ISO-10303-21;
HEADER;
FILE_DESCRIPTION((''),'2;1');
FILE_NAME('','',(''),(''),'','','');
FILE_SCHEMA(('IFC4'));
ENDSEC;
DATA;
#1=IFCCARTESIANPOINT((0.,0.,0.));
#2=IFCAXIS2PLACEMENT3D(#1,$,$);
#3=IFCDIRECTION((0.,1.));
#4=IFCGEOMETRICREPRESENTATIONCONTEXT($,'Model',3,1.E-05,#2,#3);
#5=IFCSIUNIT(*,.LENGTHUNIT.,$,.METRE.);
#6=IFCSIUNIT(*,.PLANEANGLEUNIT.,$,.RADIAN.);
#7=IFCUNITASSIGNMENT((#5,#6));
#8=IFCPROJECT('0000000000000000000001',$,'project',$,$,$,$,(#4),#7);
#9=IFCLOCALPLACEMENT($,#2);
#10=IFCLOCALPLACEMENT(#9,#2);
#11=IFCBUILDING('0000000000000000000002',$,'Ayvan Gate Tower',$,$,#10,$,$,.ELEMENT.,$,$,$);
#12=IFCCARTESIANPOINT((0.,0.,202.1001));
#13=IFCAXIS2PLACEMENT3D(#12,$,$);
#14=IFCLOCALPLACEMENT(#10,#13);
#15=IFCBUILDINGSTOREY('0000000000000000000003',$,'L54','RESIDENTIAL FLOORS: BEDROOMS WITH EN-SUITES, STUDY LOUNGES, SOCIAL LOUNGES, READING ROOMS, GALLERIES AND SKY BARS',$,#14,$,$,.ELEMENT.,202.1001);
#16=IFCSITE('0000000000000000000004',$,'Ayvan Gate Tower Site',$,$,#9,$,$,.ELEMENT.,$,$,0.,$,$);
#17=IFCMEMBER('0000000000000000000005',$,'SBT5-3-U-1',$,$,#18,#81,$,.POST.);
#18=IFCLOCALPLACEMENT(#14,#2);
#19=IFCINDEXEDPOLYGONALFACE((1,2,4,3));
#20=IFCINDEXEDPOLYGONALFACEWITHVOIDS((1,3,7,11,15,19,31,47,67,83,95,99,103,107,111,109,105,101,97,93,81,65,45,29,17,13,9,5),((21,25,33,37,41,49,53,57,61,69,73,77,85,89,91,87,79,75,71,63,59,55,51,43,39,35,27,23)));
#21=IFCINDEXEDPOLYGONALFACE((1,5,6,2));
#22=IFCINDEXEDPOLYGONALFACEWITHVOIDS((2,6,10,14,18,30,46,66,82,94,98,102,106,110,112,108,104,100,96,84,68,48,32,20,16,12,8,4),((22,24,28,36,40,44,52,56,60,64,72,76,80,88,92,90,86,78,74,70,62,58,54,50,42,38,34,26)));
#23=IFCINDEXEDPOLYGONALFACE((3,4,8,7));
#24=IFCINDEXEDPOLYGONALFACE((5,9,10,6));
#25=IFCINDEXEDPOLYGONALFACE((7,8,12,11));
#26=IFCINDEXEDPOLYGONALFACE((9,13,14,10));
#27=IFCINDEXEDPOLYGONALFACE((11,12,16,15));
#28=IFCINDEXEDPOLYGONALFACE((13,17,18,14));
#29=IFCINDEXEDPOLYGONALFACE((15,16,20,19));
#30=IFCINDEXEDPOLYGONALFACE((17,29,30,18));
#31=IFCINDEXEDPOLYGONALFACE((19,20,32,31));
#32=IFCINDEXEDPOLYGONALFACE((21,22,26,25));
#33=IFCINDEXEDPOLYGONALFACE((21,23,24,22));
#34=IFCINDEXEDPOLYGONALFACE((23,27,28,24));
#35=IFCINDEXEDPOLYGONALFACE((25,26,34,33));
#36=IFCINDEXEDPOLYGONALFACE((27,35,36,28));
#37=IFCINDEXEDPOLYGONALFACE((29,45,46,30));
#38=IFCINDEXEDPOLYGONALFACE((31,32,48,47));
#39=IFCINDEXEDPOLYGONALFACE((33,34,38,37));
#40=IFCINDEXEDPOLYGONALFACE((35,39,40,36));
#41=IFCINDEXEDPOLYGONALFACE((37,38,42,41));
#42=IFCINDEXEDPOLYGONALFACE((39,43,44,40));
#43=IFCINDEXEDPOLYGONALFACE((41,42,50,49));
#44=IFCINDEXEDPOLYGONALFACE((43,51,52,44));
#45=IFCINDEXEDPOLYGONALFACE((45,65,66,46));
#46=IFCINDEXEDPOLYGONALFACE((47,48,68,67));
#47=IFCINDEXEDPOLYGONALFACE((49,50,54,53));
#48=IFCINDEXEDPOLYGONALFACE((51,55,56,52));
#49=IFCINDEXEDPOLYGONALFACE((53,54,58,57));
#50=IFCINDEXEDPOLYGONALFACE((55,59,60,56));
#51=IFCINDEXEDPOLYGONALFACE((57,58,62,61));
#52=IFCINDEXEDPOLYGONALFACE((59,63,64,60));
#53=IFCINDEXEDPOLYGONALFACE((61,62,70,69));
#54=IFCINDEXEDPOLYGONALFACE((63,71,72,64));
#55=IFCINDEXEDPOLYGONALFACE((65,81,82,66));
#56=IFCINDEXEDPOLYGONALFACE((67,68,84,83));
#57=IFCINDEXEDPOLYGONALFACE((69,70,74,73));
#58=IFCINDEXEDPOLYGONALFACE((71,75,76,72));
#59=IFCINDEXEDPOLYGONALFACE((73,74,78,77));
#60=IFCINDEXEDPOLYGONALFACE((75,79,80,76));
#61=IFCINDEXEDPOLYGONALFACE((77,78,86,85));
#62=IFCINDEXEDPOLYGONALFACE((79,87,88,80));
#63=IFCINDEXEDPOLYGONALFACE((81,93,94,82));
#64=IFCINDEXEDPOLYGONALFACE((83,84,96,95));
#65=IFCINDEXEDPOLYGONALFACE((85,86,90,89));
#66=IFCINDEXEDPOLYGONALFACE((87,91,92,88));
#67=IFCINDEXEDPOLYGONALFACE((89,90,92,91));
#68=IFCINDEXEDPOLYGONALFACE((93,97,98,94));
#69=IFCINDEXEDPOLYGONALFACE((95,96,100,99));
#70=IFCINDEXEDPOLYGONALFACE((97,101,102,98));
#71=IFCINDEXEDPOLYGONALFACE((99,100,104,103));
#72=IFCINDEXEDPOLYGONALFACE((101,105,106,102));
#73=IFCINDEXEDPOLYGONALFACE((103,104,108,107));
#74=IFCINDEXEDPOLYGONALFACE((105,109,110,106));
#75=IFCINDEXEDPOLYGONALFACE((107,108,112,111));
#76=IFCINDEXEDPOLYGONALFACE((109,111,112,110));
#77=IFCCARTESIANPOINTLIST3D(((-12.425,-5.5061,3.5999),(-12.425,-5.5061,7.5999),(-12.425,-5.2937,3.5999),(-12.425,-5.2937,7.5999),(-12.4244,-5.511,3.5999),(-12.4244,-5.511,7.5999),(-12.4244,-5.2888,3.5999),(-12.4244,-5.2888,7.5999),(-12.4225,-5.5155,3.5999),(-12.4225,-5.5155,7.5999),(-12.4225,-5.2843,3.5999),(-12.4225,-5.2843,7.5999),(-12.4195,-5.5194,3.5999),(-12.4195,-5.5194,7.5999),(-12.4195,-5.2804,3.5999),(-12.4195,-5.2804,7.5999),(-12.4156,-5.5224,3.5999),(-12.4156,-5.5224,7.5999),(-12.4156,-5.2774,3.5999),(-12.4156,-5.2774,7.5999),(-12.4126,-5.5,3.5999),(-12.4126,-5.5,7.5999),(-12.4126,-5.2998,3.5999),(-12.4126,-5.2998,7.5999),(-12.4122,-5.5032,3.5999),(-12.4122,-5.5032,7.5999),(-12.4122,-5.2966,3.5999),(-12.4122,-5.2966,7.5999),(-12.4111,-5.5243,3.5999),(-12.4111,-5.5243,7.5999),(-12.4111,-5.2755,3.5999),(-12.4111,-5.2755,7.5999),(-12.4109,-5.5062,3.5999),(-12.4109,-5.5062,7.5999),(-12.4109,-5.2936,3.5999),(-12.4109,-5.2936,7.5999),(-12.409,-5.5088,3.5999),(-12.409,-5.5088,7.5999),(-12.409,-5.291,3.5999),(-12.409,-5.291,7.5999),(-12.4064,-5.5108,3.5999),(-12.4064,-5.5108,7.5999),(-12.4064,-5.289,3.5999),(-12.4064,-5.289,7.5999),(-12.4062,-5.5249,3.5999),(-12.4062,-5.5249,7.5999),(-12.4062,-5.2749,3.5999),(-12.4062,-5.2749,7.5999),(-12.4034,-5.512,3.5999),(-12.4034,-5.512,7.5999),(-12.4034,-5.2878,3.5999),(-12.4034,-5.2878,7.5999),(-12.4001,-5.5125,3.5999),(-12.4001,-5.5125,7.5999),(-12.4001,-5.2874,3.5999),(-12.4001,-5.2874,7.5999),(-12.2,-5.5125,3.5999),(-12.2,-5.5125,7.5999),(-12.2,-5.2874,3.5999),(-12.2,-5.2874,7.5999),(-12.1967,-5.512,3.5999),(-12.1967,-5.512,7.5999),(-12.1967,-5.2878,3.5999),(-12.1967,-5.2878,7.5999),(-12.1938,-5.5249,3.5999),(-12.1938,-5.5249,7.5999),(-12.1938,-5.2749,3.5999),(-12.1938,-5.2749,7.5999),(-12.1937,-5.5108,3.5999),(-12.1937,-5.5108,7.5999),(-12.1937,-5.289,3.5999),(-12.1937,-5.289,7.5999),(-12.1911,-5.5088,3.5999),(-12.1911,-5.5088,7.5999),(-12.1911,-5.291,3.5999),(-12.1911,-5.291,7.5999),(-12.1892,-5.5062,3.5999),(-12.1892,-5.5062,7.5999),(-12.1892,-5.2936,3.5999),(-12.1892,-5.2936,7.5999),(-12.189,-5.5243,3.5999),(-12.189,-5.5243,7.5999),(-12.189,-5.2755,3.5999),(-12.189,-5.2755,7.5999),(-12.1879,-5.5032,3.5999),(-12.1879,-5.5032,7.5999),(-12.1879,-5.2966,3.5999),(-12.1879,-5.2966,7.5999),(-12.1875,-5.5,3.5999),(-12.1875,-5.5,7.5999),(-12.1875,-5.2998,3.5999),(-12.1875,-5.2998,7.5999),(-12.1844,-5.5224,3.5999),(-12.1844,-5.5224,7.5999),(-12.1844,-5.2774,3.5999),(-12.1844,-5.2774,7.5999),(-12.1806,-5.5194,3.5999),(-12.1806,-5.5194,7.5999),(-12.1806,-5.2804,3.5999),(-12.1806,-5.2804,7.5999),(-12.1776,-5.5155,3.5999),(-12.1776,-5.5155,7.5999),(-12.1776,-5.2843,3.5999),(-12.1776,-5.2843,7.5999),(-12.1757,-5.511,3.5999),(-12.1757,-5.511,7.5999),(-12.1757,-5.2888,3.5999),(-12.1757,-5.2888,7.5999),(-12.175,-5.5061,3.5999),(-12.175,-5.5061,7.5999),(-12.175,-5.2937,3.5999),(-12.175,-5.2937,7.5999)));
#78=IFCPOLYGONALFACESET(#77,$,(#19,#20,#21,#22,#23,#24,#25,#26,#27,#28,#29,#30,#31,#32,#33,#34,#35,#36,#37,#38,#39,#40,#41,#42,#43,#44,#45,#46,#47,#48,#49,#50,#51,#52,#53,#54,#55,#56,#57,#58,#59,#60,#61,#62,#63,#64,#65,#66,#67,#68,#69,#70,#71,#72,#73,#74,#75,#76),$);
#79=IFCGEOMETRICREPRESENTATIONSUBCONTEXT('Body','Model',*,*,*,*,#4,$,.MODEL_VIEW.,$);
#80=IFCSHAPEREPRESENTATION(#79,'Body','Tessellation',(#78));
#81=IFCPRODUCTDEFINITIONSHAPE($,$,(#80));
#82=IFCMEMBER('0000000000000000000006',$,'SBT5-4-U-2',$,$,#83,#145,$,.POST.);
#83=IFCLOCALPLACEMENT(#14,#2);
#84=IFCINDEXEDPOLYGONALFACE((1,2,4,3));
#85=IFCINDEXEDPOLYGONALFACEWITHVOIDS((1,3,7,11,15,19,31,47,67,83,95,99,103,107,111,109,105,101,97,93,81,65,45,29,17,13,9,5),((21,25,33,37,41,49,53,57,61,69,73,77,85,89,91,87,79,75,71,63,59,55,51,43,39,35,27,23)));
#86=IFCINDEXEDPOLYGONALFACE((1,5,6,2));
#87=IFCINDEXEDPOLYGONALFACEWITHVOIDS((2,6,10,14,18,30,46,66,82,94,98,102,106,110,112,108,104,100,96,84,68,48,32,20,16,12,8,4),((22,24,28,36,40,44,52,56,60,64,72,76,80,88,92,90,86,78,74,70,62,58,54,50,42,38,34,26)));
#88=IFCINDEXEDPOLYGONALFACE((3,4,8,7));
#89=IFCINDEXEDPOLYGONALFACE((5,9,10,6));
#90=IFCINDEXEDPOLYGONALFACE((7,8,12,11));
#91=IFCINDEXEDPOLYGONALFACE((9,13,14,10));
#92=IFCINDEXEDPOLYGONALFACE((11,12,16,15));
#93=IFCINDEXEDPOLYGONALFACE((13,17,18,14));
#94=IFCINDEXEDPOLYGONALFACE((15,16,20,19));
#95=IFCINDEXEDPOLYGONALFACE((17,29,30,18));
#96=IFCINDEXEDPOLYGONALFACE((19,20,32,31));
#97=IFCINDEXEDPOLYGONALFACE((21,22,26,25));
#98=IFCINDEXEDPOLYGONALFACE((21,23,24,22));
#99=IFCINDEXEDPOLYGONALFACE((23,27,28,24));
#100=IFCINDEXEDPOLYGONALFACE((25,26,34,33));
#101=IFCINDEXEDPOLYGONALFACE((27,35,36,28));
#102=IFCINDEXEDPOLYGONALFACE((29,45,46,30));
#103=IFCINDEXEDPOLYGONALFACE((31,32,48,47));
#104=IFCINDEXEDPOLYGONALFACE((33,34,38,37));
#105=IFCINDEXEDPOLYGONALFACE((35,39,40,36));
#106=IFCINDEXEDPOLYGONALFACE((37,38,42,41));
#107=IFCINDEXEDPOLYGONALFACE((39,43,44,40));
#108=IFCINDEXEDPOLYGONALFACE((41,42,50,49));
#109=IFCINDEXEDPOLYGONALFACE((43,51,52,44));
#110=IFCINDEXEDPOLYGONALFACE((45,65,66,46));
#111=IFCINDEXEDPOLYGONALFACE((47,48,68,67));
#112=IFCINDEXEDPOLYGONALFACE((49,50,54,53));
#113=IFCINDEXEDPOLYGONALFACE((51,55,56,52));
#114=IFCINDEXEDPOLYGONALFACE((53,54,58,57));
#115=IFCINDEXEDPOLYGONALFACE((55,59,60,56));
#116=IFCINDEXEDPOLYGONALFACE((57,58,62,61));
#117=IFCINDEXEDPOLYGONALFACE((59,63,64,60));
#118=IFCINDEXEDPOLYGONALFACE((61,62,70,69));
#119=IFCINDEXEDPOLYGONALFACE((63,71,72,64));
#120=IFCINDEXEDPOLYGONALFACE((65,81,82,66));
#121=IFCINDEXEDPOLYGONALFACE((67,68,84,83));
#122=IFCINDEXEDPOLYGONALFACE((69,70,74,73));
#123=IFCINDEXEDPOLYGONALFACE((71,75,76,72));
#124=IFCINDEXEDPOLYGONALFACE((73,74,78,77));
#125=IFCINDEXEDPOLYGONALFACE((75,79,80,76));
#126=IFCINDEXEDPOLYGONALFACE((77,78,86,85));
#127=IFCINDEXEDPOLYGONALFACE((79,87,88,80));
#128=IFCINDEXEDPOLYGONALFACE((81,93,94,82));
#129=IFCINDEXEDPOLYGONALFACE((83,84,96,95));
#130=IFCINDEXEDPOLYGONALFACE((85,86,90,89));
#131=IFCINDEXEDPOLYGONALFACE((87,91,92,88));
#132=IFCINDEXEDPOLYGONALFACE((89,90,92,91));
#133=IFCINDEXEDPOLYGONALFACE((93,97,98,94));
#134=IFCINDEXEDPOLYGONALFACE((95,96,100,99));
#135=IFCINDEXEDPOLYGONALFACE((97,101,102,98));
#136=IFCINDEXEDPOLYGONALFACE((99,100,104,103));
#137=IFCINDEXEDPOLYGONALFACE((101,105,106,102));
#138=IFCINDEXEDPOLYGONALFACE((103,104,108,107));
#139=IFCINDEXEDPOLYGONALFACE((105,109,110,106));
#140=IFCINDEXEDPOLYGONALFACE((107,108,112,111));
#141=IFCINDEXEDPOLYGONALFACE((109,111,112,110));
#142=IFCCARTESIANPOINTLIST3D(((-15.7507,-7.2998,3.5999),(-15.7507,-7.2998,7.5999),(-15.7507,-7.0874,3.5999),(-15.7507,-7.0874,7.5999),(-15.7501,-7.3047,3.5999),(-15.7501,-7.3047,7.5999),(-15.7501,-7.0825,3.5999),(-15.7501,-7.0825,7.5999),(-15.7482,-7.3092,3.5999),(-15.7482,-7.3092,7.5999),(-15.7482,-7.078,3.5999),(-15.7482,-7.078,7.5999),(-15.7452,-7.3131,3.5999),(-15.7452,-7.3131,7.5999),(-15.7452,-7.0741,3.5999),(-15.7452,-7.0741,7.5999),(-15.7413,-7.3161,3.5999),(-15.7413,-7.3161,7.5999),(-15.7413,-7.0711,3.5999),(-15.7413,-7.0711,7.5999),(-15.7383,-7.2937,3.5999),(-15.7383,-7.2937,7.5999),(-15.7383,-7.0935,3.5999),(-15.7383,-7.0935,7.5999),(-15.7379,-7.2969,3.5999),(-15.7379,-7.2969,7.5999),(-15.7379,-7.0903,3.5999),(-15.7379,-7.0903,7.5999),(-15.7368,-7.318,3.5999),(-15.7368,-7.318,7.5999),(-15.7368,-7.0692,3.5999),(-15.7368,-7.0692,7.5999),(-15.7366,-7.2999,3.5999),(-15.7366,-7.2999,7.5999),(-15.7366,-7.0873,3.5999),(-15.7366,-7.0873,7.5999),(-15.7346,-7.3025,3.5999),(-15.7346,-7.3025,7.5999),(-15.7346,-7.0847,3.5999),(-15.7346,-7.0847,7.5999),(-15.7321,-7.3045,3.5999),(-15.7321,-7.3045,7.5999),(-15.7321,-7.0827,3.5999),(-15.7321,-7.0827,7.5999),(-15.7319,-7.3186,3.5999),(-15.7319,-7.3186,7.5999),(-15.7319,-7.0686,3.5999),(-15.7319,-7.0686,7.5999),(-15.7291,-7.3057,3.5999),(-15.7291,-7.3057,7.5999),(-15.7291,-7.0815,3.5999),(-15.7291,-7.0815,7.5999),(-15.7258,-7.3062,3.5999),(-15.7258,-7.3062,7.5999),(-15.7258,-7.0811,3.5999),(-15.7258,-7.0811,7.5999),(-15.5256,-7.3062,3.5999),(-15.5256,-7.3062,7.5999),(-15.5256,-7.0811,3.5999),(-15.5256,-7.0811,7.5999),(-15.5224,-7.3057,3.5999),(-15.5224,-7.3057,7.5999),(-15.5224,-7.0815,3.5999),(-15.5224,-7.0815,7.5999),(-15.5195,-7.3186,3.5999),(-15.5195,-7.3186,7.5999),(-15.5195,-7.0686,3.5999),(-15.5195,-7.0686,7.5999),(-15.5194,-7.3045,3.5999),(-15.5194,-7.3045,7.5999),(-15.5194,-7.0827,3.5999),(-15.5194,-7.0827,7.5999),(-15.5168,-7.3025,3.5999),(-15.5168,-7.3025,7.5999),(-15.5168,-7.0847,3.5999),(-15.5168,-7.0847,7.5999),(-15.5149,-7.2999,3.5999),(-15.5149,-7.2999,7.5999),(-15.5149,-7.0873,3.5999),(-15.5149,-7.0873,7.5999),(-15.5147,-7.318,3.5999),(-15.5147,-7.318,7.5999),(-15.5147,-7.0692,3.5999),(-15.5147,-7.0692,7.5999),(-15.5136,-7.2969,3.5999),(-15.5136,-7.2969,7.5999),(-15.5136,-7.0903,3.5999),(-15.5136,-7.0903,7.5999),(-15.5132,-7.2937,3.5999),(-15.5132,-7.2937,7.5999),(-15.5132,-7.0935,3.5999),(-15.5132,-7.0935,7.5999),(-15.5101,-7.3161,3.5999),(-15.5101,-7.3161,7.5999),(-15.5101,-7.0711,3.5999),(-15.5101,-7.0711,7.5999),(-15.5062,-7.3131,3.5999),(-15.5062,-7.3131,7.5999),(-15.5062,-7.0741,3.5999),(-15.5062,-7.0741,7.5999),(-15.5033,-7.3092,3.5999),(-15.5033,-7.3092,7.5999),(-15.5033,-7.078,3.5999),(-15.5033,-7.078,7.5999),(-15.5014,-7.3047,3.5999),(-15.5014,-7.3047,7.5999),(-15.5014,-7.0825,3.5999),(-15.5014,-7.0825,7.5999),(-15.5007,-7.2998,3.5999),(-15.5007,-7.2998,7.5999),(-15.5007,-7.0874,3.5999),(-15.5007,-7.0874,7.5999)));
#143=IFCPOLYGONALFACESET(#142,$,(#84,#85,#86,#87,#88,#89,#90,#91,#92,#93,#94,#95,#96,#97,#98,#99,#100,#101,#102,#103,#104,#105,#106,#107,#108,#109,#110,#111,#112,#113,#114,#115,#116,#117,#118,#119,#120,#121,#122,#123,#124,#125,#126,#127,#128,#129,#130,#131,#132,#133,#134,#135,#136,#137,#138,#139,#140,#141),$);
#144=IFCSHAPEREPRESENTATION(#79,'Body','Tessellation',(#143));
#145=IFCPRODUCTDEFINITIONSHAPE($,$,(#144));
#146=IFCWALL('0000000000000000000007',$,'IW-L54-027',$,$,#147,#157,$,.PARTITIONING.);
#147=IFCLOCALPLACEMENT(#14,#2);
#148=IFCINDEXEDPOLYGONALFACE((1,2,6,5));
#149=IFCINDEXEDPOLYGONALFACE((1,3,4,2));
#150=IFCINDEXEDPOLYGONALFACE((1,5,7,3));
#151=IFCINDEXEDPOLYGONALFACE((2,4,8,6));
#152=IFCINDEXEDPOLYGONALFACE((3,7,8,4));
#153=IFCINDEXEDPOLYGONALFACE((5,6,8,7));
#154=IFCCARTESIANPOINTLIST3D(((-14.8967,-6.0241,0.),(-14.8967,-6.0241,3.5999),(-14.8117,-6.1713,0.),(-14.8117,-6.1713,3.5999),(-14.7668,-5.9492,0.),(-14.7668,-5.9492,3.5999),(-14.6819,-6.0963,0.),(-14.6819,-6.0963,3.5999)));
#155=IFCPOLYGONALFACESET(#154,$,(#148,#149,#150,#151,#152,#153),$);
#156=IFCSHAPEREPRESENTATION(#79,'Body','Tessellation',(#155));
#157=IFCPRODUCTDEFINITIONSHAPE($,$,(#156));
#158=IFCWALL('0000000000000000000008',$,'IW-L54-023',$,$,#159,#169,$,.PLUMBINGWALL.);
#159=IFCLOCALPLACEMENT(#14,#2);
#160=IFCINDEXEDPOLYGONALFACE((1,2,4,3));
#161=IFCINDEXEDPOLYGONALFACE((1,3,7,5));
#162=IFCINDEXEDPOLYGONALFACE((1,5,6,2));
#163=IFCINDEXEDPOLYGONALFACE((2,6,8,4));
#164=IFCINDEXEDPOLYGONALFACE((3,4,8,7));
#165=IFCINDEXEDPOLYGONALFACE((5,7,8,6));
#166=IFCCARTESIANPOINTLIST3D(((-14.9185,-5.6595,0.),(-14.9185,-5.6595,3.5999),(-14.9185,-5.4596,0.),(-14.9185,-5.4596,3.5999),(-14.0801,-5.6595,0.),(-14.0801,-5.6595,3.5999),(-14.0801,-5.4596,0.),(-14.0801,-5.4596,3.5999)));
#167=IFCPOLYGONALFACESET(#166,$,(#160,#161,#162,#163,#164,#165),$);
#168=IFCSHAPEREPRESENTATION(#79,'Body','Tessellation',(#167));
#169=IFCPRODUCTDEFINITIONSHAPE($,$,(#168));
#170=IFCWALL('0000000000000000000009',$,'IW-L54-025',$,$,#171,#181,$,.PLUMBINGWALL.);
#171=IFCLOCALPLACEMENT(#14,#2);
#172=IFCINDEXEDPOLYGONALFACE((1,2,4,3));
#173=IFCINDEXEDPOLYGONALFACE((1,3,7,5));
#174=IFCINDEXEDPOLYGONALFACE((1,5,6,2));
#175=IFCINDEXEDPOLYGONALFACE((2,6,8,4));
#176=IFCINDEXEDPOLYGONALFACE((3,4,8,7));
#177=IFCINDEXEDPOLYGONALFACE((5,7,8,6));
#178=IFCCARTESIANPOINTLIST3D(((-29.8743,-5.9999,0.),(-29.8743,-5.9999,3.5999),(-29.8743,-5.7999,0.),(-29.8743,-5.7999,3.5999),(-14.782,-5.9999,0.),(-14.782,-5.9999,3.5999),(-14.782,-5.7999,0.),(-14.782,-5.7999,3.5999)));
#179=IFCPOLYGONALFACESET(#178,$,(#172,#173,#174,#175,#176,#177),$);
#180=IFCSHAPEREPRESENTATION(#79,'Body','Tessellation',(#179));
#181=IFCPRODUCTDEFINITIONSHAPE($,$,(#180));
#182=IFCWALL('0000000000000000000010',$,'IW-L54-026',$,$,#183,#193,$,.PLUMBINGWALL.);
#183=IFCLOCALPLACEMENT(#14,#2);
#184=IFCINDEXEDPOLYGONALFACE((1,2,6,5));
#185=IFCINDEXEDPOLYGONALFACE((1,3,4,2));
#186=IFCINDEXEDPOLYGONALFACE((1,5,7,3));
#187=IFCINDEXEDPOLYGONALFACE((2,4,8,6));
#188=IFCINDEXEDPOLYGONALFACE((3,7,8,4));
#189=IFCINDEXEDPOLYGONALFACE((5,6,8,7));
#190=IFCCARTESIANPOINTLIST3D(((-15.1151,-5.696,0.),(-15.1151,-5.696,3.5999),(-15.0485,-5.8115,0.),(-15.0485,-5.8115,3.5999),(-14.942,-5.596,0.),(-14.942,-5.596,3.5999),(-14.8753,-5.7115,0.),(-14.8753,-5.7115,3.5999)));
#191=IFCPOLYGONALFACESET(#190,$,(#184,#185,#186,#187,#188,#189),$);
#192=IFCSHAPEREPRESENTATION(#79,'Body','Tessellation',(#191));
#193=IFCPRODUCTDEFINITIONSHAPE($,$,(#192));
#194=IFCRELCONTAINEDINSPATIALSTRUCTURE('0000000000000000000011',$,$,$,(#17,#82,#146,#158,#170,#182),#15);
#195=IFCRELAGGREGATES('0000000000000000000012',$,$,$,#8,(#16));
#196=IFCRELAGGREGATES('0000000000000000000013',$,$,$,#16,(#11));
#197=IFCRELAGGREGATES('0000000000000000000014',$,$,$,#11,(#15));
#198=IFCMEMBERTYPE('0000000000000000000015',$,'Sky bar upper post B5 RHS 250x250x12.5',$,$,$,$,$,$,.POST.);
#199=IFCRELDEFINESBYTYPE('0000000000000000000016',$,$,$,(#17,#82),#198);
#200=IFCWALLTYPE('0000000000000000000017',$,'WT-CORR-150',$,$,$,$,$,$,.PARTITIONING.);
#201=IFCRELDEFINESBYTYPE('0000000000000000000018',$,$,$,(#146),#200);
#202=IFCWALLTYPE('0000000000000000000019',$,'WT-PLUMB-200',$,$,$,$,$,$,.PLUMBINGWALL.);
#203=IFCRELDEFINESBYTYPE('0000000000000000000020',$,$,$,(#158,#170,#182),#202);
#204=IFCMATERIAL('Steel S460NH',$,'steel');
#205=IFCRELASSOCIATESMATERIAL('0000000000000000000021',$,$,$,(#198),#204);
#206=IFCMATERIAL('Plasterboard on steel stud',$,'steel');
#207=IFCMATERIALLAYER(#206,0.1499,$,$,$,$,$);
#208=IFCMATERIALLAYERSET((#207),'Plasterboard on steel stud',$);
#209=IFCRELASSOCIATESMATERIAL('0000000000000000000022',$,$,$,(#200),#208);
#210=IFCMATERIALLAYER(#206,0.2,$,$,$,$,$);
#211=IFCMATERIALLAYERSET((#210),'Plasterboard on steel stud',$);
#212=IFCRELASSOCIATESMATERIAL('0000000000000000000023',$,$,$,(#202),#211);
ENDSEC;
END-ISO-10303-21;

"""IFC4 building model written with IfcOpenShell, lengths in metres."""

from ifc_helpers import new_model, si_unit, direction, frame, frame_2d, origin, origin_2d, place, context, subcontext, project, spatial, rectangle, hollow_rectangle, extrude, material, layer, layer_set, material_profile, profile_set, type_object, element, save


model = new_model("IFC4")

# Units and contexts
model_context = context("Model", 3, precision=1e-05, world=origin(), true_north=direction((0.0, 1.0)))
body_context = subcontext(model_context, "Body", "Model", "MODEL_VIEW")
ifc_project = project(units=[si_unit("LENGTHUNIT", "METRE"), si_unit("PLANEANGLEUNIT", "RADIAN")], contexts=[model_context])

# Site, building, storey
site_placement = place(None, origin())
site = spatial("IfcSite", under=ifc_project, at=site_placement, Name="Ayvan Gate Tower Site", CompositionType="ELEMENT", RefElevation=0.0)
building_placement = place(site_placement, origin())
building = spatial("IfcBuilding", under=site, at=building_placement, Name="Ayvan Gate Tower", CompositionType="ELEMENT")
storey_placement = place(building_placement, frame((0.0, 0.0, 202.1001)))
storey = spatial("IfcBuildingStorey", under=building, at=storey_placement, Name="L54", Description="RESIDENTIAL FLOORS: BEDROOMS WITH EN-SUITES, STUDY LOUNGES, SOCIAL LOUNGES, READING ROOMS, GALLERIES AND SKY BARS", CompositionType="ELEMENT", Elevation=202.1001)

# Members
ifc_material_1 = material(Name="Steel S460NH", Category="steel")
ifc_material_profile_1 = material_profile(ifc_material_1, hollow_rectangle(XDim=0.25, YDim=0.25, WallThickness=0.0125, InnerFilletRadius=0.0125, OuterFilletRadius=0.0188, at=origin_2d()), Name="RHS 250x250x12.5")
ifc_profile_set_1 = profile_set([ifc_material_profile_1], Name="Steel S460NH")
member_type_1 = type_object("IfcMemberType", Name="Sky bar upper post B5 RHS 250x250x12.5", PredefinedType="POST", material=ifc_profile_set_1)
for number, where, z_axis, x_axis, name in (
    (1, (-12.3, -5.3999, 3.5999), (0.0, 0.0, 1.0), (1.0, 0.0, 0.0), "SBT5-3-U-1"),
    (2, (-15.6257, -7.1936, 3.5999), (0.0, 0.0, 1.0), (1.0, 0.0, 0.0), "SBT5-4-U-2"),
):
    element("IfcMember", number, at=place(storey_placement, frame(where, z_axis=z_axis, x_axis=x_axis)), inside=storey, type_object=member_type_1, Name=name, PredefinedType="POST", context=body_context, shape_type="SweptSolid", body=[
        extrude(hollow_rectangle(XDim=0.25, YDim=0.25, WallThickness=0.0125, InnerFilletRadius=0.0125, OuterFilletRadius=0.0188, at=origin_2d()), origin(), (0.0, 0.0, 1.0), 4.0),
    ])

# Walls
ifc_material_2 = material(Name="Plasterboard on steel stud", Category="steel")
ifc_layer_1 = layer(ifc_material_2, 0.1499)
ifc_layer_set_1 = layer_set([ifc_layer_1], Name="Plasterboard on steel stud")
wall_type_1 = type_object("IfcWallType", Name="WT-CORR-150", PredefinedType="PARTITIONING", material=ifc_layer_set_1)
wall_1_placement = place(storey_placement, frame((-14.7468, -6.1338, 0.0), z_axis=(0.0, 0.0, 1.0), x_axis=(-0.499847, 0.866114, 0.0)))
element("IfcWall", 3, at=wall_1_placement, inside=storey, type_object=wall_type_1, Name="IW-L54-027", PredefinedType="PARTITIONING", context=body_context, shape_type="SweptSolid", body=[
    extrude(rectangle(XDim=0.1699, YDim=0.1499, at=frame_2d((0.085, 0.0))), origin(), (0.0, 0.0, 1.0), 3.5999),
])
ifc_layer_2 = layer(ifc_material_2, 0.2)
ifc_layer_set_2 = layer_set([ifc_layer_2], Name="Plasterboard on steel stud")
wall_type_2 = type_object("IfcWallType", Name="WT-PLUMB-200", PredefinedType="PLUMBINGWALL", material=ifc_layer_set_2)
wall_2_placement = place(storey_placement, frame((-14.9185, -5.5596, 0.0), z_axis=(0.0, 0.0, 1.0), x_axis=(1.0, 0.0, 0.0)))
element("IfcWall", 4, at=wall_2_placement, inside=storey, type_object=wall_type_2, Name="IW-L54-023", PredefinedType="PLUMBINGWALL", context=body_context, shape_type="SweptSolid", body=[
    extrude(rectangle(XDim=0.8384, YDim=0.2, at=frame_2d((0.4192, 0.0))), origin(), (0.0, 0.0, 1.0), 3.5999),
])
wall_3_placement = place(storey_placement, frame((-14.782, -5.8999, 0.0), z_axis=(0.0, 0.0, 1.0), x_axis=(-1.0, 0.0, 0.0)))
element("IfcWall", 5, at=wall_3_placement, inside=storey, type_object=wall_type_2, Name="IW-L54-025", PredefinedType="PLUMBINGWALL", context=body_context, shape_type="SweptSolid", body=[
    extrude(rectangle(XDim=15.0923, YDim=0.2, at=frame_2d((7.5461, 0.0))), origin(), (0.0, 0.0, 1.0), 3.5999),
])
wall_4_placement = place(storey_placement, frame((-14.9619, -5.7615, 0.0), z_axis=(0.0, 0.0, 1.0), x_axis=(-0.499881, 0.866094, 0.0)))
element("IfcWall", 6, at=wall_4_placement, inside=storey, type_object=wall_type_2, Name="IW-L54-026", PredefinedType="PLUMBINGWALL", context=body_context, shape_type="SweptSolid", body=[
    extrude(rectangle(XDim=0.1333, YDim=0.2, at=frame_2d((0.0667, 0.0))), origin(), (0.0, 0.0, 1.0), 3.5999),
])

save(model, "model.ifc")
